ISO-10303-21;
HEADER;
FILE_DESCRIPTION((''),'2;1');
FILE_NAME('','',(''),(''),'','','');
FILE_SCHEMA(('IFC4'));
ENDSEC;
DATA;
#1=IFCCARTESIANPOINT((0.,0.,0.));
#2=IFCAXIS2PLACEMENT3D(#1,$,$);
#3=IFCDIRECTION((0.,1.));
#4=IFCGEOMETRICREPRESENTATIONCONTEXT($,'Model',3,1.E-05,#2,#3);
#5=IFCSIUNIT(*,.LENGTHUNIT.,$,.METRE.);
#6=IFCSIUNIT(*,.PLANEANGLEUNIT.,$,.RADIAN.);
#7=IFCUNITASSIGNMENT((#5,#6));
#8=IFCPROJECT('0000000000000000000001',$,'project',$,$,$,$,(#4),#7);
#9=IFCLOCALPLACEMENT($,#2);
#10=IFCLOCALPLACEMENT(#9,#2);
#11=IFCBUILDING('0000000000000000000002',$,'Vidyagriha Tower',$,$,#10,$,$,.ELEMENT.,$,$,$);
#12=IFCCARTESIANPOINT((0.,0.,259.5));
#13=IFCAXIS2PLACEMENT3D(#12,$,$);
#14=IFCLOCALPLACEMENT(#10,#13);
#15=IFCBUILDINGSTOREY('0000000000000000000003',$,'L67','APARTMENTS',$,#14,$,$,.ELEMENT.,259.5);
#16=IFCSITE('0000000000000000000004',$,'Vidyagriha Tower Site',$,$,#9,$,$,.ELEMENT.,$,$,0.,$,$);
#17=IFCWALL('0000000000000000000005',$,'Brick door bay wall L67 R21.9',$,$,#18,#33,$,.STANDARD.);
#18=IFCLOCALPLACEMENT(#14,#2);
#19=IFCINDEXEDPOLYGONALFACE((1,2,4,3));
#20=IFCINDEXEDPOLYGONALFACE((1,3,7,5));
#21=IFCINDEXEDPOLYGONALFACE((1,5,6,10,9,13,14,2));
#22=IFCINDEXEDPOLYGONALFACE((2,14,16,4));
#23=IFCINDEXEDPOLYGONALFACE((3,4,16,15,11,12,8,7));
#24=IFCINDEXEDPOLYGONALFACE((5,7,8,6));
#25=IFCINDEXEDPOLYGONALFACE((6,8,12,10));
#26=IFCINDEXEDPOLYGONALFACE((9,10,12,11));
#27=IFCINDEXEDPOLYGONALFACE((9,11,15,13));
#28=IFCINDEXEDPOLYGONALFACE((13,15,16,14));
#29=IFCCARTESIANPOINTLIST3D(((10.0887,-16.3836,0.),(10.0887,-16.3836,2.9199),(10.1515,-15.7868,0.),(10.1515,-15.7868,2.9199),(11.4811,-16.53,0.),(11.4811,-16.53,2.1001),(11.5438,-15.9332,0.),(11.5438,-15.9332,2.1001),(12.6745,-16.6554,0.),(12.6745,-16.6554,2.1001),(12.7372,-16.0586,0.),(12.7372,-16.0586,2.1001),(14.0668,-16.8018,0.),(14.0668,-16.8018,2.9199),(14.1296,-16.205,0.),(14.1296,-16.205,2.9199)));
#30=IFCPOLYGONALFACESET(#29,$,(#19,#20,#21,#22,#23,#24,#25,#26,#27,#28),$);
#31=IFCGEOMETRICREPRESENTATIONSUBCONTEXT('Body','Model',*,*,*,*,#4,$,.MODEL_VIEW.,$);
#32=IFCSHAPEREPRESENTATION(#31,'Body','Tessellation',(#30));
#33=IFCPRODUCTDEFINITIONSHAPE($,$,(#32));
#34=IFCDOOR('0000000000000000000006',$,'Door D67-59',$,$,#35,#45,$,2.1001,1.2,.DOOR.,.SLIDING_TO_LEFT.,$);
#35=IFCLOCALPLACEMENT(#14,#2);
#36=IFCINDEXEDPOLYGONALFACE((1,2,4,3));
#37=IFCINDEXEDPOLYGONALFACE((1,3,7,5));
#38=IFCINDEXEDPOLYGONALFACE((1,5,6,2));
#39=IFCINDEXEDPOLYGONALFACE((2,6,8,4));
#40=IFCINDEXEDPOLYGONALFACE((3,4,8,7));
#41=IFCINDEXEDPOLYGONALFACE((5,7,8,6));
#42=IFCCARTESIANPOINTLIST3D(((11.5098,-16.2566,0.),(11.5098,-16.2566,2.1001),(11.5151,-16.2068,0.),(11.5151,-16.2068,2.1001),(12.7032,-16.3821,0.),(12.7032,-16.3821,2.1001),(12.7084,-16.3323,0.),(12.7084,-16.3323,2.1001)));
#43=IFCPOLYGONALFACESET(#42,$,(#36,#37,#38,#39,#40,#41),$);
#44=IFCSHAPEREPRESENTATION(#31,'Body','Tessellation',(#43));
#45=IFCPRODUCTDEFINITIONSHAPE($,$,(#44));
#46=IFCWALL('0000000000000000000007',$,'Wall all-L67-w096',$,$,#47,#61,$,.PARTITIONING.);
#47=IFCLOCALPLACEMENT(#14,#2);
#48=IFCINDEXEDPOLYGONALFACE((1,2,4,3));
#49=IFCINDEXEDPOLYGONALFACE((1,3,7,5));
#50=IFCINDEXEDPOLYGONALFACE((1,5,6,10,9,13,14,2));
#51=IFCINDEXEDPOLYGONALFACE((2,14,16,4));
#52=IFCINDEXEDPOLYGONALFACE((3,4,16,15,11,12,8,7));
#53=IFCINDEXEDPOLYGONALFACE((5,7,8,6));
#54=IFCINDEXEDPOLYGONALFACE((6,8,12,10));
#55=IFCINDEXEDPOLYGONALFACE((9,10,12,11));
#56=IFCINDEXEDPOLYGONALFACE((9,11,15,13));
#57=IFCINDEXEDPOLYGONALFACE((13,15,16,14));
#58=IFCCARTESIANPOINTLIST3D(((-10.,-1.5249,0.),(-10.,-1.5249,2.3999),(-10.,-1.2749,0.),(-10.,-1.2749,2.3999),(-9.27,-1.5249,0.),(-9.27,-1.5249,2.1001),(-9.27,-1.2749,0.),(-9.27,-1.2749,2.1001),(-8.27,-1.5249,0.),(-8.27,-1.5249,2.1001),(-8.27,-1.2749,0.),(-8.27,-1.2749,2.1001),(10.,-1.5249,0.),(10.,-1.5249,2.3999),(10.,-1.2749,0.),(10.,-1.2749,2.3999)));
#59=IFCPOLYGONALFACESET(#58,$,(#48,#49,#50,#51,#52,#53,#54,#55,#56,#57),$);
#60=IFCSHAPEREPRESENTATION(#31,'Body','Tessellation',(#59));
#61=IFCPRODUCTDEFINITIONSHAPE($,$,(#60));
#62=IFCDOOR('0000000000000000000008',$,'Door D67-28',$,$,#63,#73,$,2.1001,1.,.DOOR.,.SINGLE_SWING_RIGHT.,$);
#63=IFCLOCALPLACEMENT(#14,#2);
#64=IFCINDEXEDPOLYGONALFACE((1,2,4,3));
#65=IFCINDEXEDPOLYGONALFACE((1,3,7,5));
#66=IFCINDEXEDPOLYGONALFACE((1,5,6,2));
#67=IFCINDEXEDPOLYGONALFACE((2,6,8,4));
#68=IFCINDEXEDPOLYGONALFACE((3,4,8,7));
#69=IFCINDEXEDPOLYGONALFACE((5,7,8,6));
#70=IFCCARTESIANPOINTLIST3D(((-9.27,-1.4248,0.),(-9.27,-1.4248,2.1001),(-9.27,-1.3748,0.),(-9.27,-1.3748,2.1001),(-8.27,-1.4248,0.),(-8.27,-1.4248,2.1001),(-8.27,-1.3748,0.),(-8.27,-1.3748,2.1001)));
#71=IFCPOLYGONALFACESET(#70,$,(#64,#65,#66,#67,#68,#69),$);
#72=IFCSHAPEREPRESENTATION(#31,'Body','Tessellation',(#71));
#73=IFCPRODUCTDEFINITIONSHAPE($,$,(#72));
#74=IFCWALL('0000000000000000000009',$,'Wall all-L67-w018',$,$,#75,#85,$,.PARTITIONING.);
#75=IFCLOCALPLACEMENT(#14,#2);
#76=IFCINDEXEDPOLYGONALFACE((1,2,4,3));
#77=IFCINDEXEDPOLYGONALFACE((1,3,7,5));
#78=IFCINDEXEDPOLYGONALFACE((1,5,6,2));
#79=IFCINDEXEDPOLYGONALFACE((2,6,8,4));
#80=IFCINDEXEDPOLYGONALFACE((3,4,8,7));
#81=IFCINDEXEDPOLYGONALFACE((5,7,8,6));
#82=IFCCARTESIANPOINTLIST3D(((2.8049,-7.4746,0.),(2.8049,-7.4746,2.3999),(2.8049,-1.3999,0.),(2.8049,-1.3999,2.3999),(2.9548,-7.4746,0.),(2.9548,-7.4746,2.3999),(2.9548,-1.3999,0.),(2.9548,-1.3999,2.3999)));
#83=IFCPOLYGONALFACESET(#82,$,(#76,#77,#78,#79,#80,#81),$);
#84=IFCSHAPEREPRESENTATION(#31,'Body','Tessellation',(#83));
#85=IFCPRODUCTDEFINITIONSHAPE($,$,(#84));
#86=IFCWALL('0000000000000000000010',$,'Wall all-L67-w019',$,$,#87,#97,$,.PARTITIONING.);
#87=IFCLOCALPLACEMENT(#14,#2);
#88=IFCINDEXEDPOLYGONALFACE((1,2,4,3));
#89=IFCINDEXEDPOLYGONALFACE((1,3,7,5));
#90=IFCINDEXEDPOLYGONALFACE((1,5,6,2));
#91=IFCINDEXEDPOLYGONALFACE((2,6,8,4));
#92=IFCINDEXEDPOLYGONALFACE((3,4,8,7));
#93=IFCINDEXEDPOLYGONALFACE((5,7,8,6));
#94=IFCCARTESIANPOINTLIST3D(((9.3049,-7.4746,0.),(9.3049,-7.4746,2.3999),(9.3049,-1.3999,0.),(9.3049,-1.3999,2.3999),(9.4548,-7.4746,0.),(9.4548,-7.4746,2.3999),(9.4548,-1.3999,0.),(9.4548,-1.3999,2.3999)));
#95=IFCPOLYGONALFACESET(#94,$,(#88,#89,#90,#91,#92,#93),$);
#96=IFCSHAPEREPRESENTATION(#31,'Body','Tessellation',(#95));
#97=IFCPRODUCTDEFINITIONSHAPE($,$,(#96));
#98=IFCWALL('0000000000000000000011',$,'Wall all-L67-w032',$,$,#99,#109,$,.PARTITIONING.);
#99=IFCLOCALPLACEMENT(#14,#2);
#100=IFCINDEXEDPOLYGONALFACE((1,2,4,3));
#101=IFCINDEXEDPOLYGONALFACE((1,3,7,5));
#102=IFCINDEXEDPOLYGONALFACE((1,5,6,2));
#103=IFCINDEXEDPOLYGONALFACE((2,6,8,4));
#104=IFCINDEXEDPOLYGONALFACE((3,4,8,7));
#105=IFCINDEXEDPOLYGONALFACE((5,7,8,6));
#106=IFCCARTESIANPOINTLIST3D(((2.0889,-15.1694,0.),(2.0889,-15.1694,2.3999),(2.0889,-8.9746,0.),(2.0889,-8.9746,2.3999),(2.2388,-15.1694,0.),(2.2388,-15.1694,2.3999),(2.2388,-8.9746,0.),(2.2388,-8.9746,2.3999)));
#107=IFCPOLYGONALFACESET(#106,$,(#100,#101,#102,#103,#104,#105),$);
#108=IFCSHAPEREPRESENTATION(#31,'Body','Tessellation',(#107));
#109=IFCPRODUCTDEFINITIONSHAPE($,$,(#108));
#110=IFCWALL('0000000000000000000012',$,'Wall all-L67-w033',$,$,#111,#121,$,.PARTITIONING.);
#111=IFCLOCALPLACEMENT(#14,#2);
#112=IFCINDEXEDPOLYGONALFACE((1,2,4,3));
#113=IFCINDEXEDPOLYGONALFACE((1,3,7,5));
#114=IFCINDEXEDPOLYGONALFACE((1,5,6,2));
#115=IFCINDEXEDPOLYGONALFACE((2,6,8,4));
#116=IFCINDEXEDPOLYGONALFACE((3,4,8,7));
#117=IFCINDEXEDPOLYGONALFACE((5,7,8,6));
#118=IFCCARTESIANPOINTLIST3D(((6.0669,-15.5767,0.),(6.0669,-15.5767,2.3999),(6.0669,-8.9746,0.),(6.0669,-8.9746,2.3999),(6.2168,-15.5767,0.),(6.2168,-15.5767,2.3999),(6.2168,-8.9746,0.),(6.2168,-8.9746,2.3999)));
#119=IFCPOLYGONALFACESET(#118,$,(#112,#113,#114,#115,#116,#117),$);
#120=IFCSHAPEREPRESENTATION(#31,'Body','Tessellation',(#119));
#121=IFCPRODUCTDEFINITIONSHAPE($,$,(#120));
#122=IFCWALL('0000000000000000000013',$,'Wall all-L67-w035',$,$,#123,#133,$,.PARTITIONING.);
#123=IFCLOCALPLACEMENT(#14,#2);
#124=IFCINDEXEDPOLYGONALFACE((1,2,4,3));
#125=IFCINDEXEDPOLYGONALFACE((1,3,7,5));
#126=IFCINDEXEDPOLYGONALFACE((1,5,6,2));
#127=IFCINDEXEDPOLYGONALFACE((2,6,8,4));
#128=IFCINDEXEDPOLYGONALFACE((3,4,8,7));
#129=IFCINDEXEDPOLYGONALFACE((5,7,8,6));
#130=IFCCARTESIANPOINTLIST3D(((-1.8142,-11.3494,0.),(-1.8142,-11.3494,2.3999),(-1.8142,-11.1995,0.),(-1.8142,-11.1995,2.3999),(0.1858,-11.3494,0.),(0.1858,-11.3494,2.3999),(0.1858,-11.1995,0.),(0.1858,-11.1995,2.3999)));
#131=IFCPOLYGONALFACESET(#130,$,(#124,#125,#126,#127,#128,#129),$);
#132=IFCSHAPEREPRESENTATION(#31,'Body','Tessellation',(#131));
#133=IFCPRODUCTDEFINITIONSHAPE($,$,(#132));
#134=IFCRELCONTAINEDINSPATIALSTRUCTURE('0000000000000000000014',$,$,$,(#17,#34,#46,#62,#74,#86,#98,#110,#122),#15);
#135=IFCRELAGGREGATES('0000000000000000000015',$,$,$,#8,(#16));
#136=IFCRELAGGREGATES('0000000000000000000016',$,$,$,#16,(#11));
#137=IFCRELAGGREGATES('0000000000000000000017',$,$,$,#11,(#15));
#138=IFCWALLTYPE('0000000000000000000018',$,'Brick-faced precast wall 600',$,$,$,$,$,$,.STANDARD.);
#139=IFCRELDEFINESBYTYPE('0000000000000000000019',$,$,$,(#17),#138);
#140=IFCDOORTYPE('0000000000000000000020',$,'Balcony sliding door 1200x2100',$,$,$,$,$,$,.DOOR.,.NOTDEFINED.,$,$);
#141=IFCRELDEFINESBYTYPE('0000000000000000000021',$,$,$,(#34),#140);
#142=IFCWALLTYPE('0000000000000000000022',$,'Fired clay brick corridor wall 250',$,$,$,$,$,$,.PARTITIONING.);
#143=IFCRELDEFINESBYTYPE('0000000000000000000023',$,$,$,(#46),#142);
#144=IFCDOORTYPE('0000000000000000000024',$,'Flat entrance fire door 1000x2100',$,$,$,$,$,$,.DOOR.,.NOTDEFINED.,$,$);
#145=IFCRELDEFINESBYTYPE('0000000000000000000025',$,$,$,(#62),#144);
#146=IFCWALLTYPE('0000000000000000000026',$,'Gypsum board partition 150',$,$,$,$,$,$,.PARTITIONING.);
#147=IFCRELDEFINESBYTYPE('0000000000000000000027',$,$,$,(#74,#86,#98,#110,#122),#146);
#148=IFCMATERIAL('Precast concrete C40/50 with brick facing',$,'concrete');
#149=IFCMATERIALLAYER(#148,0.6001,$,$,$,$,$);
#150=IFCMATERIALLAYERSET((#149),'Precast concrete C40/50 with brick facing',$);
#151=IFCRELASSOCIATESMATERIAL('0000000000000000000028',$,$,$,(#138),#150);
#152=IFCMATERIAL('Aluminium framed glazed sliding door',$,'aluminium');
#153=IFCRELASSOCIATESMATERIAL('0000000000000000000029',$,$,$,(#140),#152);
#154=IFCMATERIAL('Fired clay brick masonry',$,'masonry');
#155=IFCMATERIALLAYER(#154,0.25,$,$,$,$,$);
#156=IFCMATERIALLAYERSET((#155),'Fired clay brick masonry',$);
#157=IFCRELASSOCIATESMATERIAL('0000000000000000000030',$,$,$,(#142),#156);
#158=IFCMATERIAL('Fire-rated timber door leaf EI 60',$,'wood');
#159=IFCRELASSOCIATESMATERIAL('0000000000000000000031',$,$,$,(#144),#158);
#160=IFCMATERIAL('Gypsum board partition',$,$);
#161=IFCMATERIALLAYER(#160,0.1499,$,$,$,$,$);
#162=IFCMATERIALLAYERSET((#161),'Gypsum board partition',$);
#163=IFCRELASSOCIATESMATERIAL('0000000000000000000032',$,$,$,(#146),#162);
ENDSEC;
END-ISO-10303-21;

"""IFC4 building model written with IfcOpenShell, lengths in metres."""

from ifc_helpers import new_model, si_unit, direction, frame, frame_2d, origin, place, context, subcontext, project, spatial, rectangle, extrude, material, layer, layer_set, type_object, element, fill, save


model = new_model("IFC4")

# Units and contexts
model_context = context("Model", 3, precision=1e-05, world=origin(), true_north=direction((0.0, 1.0)))
body_context = subcontext(model_context, "Body", "Model", "MODEL_VIEW")
ifc_project = project(units=[si_unit("LENGTHUNIT", "METRE"), si_unit("PLANEANGLEUNIT", "RADIAN")], contexts=[model_context])

# Site, building, storey
site_placement = place(None, origin())
site = spatial("IfcSite", under=ifc_project, at=site_placement, Name="Vidyagriha Tower Site", CompositionType="ELEMENT", RefElevation=0.0)
building_placement = place(site_placement, origin())
building = spatial("IfcBuilding", under=site, at=building_placement, Name="Vidyagriha Tower", CompositionType="ELEMENT")
storey_placement = place(building_placement, frame((0.0, 0.0, 259.5)))
storey = spatial("IfcBuildingStorey", under=building, at=storey_placement, Name="L67", Description="APARTMENTS", CompositionType="ELEMENT", Elevation=259.5)

# Walls, openings, doors
ifc_material_1 = material(Name="Precast concrete C40/50 with brick facing", Category="concrete")
ifc_layer_1 = layer(ifc_material_1, 0.6001)
ifc_layer_set_1 = layer_set([ifc_layer_1], Name="Precast concrete C40/50 with brick facing")
wall_type_1 = type_object("IfcWallType", Name="Brick-faced precast wall 600", PredefinedType="STANDARD", material=ifc_layer_set_1)
ifc_material_2 = material(Name="Aluminium framed glazed sliding door", Category="aluminium")
door_type_1 = type_object("IfcDoorType", Name="Balcony sliding door 1200x2100", OperationType="NOTDEFINED", PredefinedType="DOOR", material=ifc_material_2)
wall_1_placement = place(storey_placement, frame((10.1201, -16.0852, 0.0), z_axis=(0.0, 0.0, 1.0), x_axis=(0.994519, -0.104555, 0.0)))
wall_1 = element("IfcWall", 1, at=wall_1_placement, inside=storey, type_object=wall_type_1, Name="Brick door bay wall L67 R21.9", PredefinedType="STANDARD", context=body_context, shape_type="SweptSolid", body=[
    extrude(rectangle(XDim=4.0, YDim=0.6001, at=frame_2d((2.0, 0.0))), origin(), (0.0, 0.0, 1.0), 2.9199),
])
opening_1_placement = place(wall_1_placement, frame((1.3999, 0.0, 0.0)))
opening_1 = element("IfcOpeningElement", 2, at=opening_1_placement, cuts=wall_1, PredefinedType="OPENING", context=body_context, shape_type="SweptSolid", body=[
    extrude(rectangle(XDim=1.2, YDim=2.1001, at=frame_2d((0.6001, 1.05))), frame((0.0, 0.3101, 0.0), z_axis=(0.0, -1.0, 0.0), x_axis=(1.0, 0.0, 0.0)), (0.0, 0.0, 1.0), 0.6201),
])
door_1_placement = place(opening_1_placement, origin())
door_1 = element("IfcDoor", 3, at=door_1_placement, inside=storey, type_object=door_type_1, Name="Door D67-59", OperationType="SLIDING_TO_LEFT", OverallHeight=2.1001, OverallWidth=1.2, PredefinedType="DOOR", context=body_context, shape_type="SweptSolid", body=[
    extrude(rectangle(XDim=1.2, YDim=2.1001, at=frame_2d((0.6001, 1.05))), frame((0.0, 0.0249, 0.0), z_axis=(0.0, -1.0, 0.0), x_axis=(1.0, 0.0, 0.0)), (0.0, 0.0, 1.0), 0.05),
])
fill(opening_1, door_1)
ifc_material_3 = material(Name="Fired clay brick masonry", Category="masonry")
ifc_layer_2 = layer(ifc_material_3, 0.25)
ifc_layer_set_2 = layer_set([ifc_layer_2], Name="Fired clay brick masonry")
wall_type_2 = type_object("IfcWallType", Name="Fired clay brick corridor wall 250", PredefinedType="PARTITIONING", material=ifc_layer_set_2)
wall_2_placement = place(storey_placement, frame((10.0, -1.3999, 0.0), z_axis=(0.0, 0.0, 1.0), x_axis=(-1.0, 0.0, 0.0)))
wall_2 = element("IfcWall", 4, at=wall_2_placement, inside=storey, type_object=wall_type_2, Name="Wall all-L67-w096", PredefinedType="PARTITIONING", context=body_context, shape_type="SweptSolid", body=[
    extrude(rectangle(XDim=20.0, YDim=0.25, at=frame_2d((10.0, 0.0))), origin(), (0.0, 0.0, 1.0), 2.3999),
])
opening_2_placement = place(wall_2_placement, frame((18.27, 0.0, 0.0)))
opening_2 = element("IfcOpeningElement", 5, at=opening_2_placement, cuts=wall_2, PredefinedType="OPENING", context=body_context, shape_type="SweptSolid", body=[
    extrude(rectangle(XDim=1.0, YDim=2.1001, at=frame_2d((0.5, 1.05))), frame((0.0, 0.135, 0.0), z_axis=(0.0, -1.0, 0.0), x_axis=(1.0, 0.0, 0.0)), (0.0, 0.0, 1.0), 0.27),
])
ifc_material_4 = material(Name="Fire-rated timber door leaf EI 60", Category="wood")
door_type_2 = type_object("IfcDoorType", Name="Flat entrance fire door 1000x2100", OperationType="NOTDEFINED", PredefinedType="DOOR", material=ifc_material_4)
door_2_placement = place(opening_2_placement, origin())
door_2 = element("IfcDoor", 6, at=door_2_placement, inside=storey, type_object=door_type_2, Name="Door D67-28", OperationType="SINGLE_SWING_RIGHT", OverallHeight=2.1001, OverallWidth=1.0, PredefinedType="DOOR", context=body_context, shape_type="SweptSolid", body=[
    extrude(rectangle(XDim=1.0, YDim=2.1001, at=frame_2d((0.5, 1.05))), frame((0.0, 0.0249, 0.0), z_axis=(0.0, -1.0, 0.0), x_axis=(1.0, 0.0, 0.0)), (0.0, 0.0, 1.0), 0.05),
])
fill(opening_2, door_2)

# Walls
ifc_material_5 = material(Name="Gypsum board partition")
ifc_layer_3 = layer(ifc_material_5, 0.1499)
ifc_layer_set_3 = layer_set([ifc_layer_3], Name="Gypsum board partition")
wall_type_3 = type_object("IfcWallType", Name="Gypsum board partition 150", PredefinedType="PARTITIONING", material=ifc_layer_set_3)
for number, where, z_axis, x_axis, name in (
    (7, (2.8799, -1.3999, 0.0), (0.0, 0.0, 1.0), (0.0, -1.0, 0.0), "Wall all-L67-w018"),
    (8, (9.3799, -1.3999, 0.0), (0.0, 0.0, 1.0), (0.0, -1.0, 0.0), "Wall all-L67-w019"),
):
    element("IfcWall", number, at=place(storey_placement, frame(where, z_axis=z_axis, x_axis=x_axis)), inside=storey, type_object=wall_type_3, Name=name, PredefinedType="PARTITIONING", context=body_context, shape_type="SweptSolid", body=[
        extrude(rectangle(XDim=6.0747, YDim=0.1499, at=frame_2d((3.0374, 0.0))), origin(), (0.0, 0.0, 1.0), 2.3999),
    ])
wall_3_placement = place(storey_placement, frame((2.1638, -8.9746, 0.0), z_axis=(0.0, 0.0, 1.0), x_axis=(0.0, -1.0, 0.0)))
element("IfcWall", 9, at=wall_3_placement, inside=storey, type_object=wall_type_3, Name="Wall all-L67-w032", PredefinedType="PARTITIONING", context=body_context, shape_type="SweptSolid", body=[
    extrude(rectangle(XDim=6.1948, YDim=0.1499, at=frame_2d((3.0974, 0.0))), origin(), (0.0, 0.0, 1.0), 2.3999),
])
wall_4_placement = place(storey_placement, frame((6.1418, -8.9746, 0.0), z_axis=(0.0, 0.0, 1.0), x_axis=(0.0, -1.0, 0.0)))
element("IfcWall", 10, at=wall_4_placement, inside=storey, type_object=wall_type_3, Name="Wall all-L67-w033", PredefinedType="PARTITIONING", context=body_context, shape_type="SweptSolid", body=[
    extrude(rectangle(XDim=6.6021, YDim=0.1499, at=frame_2d((3.301, 0.0))), origin(), (0.0, 0.0, 1.0), 2.3999),
])
wall_5_placement = place(storey_placement, frame((0.1858, -11.2744, 0.0), z_axis=(0.0, 0.0, 1.0), x_axis=(-1.0, 0.0, 0.0)))
element("IfcWall", 11, at=wall_5_placement, inside=storey, type_object=wall_type_3, Name="Wall all-L67-w035", PredefinedType="PARTITIONING", context=body_context, shape_type="SweptSolid", body=[
    extrude(rectangle(XDim=2.0, YDim=0.1499, at=frame_2d((1.0, 0.0))), origin(), (0.0, 0.0, 1.0), 2.3999),
])

save(model, "model.ifc")
